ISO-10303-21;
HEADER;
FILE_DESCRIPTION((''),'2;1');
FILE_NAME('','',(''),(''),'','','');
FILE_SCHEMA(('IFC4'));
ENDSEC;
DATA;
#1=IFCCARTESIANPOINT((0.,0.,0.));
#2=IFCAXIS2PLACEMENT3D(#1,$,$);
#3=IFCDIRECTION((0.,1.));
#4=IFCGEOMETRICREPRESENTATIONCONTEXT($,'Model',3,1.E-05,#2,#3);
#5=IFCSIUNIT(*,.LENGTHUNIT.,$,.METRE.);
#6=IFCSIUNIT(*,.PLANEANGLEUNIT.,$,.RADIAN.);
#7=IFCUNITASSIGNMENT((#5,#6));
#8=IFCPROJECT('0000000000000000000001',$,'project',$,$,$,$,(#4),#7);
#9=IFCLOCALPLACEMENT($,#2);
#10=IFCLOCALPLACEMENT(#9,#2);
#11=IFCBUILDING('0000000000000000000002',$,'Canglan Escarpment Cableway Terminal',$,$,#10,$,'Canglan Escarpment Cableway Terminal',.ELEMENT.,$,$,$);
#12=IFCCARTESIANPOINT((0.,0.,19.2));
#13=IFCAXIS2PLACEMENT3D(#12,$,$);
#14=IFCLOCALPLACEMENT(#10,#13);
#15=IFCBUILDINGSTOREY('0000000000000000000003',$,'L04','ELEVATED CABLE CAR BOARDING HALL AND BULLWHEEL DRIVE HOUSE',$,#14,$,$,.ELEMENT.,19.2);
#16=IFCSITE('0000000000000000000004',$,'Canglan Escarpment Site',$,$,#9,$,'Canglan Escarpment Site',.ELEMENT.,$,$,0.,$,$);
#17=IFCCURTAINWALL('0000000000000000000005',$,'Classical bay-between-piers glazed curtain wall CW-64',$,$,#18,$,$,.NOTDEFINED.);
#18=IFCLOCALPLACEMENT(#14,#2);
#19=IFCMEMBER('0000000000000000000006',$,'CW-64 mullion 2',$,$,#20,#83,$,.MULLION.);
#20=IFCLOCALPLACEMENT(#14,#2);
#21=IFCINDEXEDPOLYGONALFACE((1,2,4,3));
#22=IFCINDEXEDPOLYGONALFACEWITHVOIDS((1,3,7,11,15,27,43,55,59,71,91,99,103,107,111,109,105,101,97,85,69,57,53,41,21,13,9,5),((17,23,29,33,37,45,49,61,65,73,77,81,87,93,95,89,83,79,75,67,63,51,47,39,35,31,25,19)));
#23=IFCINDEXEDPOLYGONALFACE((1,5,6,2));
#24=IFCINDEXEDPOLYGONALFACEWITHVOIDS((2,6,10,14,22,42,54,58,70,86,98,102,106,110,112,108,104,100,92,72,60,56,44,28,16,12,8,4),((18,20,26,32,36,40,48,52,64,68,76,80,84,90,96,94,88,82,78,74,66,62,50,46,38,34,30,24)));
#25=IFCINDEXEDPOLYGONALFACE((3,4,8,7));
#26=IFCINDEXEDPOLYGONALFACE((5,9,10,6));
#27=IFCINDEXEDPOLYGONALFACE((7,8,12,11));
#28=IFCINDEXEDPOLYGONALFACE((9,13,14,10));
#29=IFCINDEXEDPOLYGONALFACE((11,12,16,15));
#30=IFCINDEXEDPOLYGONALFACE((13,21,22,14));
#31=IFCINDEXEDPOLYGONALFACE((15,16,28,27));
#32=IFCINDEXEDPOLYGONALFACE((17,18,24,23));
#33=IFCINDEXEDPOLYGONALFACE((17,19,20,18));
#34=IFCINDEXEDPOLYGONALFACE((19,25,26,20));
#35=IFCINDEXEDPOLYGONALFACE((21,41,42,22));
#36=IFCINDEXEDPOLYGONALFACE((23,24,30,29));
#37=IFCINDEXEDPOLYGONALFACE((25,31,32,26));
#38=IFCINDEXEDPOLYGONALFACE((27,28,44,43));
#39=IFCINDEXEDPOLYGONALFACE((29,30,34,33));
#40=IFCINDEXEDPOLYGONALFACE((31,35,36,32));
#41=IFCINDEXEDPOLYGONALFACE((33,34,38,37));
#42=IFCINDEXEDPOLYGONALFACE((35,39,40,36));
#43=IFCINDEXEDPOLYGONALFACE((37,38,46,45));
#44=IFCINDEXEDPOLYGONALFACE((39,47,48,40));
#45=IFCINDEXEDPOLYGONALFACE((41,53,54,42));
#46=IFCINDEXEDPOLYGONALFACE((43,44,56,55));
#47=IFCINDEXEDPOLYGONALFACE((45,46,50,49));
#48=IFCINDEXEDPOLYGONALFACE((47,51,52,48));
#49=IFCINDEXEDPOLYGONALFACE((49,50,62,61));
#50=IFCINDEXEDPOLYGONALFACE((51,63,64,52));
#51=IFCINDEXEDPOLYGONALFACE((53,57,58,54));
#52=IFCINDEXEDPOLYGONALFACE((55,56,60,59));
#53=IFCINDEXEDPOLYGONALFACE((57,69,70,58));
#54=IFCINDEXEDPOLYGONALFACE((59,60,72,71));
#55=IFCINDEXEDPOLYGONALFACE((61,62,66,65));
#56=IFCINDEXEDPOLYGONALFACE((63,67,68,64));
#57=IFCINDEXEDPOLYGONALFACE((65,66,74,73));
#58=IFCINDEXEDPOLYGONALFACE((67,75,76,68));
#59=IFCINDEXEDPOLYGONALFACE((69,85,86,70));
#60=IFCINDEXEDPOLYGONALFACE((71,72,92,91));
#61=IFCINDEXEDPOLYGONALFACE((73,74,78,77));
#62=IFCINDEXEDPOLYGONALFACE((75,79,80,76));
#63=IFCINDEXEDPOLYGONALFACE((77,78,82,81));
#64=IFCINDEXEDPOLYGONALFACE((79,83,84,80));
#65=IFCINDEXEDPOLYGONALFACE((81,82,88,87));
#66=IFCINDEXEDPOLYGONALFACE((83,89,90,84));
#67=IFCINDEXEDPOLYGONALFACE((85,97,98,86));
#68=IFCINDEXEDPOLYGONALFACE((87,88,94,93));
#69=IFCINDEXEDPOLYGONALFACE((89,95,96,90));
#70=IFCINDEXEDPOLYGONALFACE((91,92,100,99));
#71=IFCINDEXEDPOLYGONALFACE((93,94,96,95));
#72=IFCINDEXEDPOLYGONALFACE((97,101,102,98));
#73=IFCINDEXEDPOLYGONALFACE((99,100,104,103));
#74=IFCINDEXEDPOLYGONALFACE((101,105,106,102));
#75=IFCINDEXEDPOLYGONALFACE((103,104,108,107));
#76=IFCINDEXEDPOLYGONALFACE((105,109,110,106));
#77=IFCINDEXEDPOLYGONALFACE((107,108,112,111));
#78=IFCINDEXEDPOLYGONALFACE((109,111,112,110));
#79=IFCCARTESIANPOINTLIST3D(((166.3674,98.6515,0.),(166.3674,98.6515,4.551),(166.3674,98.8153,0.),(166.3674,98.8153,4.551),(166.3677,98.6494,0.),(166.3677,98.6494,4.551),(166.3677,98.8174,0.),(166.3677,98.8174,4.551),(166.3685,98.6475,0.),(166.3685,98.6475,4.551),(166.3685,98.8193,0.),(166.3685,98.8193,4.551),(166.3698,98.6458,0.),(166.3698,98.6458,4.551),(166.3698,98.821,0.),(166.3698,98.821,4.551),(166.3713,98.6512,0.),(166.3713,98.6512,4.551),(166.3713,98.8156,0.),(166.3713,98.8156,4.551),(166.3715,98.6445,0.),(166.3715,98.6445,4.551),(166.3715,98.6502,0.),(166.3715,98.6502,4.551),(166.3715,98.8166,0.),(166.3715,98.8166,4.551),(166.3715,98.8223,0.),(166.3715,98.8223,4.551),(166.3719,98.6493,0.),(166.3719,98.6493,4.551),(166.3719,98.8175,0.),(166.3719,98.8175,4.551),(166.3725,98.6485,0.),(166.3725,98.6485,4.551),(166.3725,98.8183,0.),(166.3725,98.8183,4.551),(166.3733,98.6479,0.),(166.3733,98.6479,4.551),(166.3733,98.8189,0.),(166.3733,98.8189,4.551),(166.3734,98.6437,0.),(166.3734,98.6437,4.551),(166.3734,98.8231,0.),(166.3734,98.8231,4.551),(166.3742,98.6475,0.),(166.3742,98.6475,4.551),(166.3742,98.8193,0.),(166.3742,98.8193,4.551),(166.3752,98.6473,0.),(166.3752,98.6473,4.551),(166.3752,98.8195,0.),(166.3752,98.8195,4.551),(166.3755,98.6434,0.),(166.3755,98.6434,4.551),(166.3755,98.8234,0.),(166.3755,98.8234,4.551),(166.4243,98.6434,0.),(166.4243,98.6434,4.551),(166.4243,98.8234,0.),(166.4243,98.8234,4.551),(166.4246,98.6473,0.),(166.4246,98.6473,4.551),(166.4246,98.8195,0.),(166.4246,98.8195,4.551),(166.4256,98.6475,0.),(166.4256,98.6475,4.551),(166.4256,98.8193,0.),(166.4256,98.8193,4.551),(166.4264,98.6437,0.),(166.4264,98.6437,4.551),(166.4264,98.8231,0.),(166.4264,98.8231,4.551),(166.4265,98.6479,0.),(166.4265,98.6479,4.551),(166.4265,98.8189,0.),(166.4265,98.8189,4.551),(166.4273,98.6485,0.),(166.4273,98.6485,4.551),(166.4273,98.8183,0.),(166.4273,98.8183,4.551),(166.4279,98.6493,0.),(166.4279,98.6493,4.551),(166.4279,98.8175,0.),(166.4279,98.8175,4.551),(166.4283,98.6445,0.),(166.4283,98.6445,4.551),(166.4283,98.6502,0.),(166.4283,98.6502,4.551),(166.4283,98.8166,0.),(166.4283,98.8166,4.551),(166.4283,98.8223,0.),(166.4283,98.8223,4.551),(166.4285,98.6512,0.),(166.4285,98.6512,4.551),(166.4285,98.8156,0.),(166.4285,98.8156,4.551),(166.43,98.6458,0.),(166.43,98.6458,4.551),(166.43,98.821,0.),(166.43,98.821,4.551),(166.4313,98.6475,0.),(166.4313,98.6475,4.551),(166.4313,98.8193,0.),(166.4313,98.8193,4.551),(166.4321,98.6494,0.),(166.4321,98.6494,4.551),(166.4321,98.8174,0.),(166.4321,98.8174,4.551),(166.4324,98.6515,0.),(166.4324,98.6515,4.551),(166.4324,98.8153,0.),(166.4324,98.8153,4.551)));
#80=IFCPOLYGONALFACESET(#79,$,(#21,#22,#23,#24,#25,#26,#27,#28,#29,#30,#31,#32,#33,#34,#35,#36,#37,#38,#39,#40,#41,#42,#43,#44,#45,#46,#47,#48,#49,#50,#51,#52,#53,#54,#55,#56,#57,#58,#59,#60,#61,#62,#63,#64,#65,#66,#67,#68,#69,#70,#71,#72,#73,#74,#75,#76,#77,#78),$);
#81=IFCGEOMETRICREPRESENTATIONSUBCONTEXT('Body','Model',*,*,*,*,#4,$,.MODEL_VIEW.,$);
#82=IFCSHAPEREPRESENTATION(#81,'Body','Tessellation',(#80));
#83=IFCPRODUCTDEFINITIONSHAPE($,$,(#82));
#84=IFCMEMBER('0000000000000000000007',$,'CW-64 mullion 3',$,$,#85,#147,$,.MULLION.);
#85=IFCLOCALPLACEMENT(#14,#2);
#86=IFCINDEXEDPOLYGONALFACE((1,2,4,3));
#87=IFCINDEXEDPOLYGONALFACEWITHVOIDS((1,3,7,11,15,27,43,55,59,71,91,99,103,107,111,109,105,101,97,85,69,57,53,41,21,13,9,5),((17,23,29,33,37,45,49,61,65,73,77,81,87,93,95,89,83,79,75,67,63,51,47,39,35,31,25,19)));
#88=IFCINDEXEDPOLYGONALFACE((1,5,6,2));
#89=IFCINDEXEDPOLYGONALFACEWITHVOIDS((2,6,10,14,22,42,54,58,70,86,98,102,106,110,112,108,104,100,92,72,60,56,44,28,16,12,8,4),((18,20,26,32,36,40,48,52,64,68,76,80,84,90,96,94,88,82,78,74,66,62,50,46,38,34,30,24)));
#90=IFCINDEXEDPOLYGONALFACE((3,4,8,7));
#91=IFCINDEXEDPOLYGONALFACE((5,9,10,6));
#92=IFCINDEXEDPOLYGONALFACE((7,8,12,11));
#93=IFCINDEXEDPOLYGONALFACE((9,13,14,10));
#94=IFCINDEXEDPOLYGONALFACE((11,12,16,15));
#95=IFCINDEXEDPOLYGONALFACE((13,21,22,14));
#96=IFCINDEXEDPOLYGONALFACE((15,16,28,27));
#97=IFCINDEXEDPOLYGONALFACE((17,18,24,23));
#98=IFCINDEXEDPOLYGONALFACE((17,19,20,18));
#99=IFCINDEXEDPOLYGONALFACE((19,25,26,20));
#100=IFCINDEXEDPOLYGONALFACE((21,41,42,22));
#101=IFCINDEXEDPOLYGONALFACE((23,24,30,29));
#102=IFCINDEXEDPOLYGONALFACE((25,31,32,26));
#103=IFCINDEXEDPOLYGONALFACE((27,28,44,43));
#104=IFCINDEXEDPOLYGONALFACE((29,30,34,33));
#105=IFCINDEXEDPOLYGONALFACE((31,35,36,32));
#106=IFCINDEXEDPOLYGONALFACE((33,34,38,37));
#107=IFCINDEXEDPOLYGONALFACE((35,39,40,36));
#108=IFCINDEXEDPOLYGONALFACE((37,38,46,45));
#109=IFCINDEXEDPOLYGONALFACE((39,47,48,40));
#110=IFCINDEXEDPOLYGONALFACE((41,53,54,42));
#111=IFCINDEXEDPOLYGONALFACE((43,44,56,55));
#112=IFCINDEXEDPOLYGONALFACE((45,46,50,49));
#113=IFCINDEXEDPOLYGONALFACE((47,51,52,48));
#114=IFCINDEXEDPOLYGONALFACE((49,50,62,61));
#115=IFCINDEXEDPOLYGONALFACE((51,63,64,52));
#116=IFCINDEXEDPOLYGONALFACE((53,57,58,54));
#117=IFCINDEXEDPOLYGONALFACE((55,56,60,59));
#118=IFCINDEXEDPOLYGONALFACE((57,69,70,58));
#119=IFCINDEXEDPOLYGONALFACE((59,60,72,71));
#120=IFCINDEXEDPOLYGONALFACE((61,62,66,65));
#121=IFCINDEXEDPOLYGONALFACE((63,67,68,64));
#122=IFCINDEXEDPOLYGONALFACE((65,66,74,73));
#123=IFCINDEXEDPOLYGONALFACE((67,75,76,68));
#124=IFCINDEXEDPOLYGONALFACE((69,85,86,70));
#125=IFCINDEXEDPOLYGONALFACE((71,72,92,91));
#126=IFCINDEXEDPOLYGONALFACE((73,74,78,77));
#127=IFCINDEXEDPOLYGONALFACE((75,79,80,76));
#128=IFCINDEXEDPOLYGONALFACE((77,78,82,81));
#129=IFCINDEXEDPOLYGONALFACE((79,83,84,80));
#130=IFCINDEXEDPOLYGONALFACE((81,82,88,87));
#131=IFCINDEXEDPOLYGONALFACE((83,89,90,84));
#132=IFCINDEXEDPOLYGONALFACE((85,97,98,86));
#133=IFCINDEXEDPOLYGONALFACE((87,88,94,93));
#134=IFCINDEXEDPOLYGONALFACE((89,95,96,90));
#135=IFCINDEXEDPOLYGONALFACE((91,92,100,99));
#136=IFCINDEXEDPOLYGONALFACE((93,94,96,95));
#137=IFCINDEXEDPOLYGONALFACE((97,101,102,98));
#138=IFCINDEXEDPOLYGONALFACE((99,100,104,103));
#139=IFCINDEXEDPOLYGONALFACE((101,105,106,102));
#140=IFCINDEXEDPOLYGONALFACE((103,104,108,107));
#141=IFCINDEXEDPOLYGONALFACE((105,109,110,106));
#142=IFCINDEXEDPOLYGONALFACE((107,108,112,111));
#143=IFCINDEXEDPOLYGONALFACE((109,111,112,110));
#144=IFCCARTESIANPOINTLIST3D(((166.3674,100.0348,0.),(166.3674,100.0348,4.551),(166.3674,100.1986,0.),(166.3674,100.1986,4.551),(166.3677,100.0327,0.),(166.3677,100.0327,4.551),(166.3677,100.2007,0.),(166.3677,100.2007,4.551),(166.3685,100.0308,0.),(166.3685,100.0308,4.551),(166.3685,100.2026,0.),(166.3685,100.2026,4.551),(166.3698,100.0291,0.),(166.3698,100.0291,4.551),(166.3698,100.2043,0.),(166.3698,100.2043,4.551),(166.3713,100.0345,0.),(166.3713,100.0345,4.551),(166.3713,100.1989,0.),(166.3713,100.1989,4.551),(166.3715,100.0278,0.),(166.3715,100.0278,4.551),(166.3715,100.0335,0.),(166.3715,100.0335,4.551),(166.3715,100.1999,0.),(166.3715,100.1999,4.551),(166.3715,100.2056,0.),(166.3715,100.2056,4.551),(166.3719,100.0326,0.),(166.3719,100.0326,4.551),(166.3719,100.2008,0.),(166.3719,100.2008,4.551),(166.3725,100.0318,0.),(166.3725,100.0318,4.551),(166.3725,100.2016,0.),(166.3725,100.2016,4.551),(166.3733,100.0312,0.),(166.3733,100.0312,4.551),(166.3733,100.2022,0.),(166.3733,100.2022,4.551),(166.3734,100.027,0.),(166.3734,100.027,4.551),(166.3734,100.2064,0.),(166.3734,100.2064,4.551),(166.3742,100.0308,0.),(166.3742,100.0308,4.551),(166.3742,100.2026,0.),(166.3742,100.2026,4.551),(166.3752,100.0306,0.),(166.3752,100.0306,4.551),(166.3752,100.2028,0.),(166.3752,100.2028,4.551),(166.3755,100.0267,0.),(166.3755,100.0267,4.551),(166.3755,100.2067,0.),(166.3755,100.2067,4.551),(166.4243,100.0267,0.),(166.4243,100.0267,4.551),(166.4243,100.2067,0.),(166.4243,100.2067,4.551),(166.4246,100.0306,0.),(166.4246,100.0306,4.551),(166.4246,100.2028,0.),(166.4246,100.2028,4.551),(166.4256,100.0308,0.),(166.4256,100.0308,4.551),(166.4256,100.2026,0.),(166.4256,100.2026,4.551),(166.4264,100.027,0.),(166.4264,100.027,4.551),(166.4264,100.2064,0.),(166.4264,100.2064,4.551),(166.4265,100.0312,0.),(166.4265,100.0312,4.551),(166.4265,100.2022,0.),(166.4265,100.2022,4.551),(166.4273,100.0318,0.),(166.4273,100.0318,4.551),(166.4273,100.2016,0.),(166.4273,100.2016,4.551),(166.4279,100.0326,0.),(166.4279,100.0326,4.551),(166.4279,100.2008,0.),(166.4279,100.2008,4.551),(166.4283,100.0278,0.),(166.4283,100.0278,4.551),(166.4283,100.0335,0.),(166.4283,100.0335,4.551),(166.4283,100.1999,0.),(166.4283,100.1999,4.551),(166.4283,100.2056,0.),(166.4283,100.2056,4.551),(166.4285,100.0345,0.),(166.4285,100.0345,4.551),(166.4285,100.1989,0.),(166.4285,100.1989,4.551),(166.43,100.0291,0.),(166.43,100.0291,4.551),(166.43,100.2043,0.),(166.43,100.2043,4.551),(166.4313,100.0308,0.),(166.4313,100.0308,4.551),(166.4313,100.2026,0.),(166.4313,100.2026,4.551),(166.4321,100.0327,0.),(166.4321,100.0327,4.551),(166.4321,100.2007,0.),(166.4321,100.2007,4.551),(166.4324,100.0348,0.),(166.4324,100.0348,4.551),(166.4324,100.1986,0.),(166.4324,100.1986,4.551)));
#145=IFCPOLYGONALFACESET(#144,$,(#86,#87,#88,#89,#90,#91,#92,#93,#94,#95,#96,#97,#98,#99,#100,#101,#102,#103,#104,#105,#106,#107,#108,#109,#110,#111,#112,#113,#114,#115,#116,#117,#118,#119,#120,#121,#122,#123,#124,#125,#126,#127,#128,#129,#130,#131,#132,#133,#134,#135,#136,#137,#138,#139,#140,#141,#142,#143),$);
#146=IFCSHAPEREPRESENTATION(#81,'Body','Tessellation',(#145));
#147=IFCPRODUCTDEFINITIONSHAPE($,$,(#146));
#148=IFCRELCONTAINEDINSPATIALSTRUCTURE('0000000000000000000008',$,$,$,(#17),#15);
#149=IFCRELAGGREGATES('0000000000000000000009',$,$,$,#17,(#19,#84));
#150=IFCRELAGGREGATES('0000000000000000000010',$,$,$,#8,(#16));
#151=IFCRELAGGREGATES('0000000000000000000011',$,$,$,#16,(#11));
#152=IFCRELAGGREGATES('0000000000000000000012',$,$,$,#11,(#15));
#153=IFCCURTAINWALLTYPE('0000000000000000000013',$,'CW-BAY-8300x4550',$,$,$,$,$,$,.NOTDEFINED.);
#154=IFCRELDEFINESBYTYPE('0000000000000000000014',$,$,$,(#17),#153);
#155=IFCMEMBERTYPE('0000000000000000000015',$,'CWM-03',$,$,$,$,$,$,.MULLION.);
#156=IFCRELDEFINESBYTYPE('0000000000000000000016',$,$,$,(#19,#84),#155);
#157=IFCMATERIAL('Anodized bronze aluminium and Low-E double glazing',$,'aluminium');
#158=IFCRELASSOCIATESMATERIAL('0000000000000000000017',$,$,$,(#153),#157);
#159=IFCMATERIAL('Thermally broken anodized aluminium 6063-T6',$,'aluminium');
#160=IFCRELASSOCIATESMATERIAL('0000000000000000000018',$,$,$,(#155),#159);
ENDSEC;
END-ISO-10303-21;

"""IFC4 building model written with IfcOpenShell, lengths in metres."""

from ifc_helpers import new_model, si_unit, direction, frame, origin, origin_2d, place, context, subcontext, project, spatial, hollow_rectangle, extrude, material, material_profile, profile_set, type_object, element, aggregate, save


model = new_model("IFC4")

# Units and contexts
model_context = context("Model", 3, precision=1e-05, world=origin(), true_north=direction((0.0, 1.0)))
body_context = subcontext(model_context, "Body", "Model", "MODEL_VIEW")
ifc_project = project(units=[si_unit("LENGTHUNIT", "METRE"), si_unit("PLANEANGLEUNIT", "RADIAN")], contexts=[model_context])

# Site, building, storey
site_placement = place(None, origin())
site = spatial("IfcSite", under=ifc_project, at=site_placement, Name="Canglan Escarpment Site", LongName="Canglan Escarpment Site", CompositionType="ELEMENT", RefElevation=0.0)
building_placement = place(site_placement, origin())
building = spatial("IfcBuilding", under=site, at=building_placement, Name="Canglan Escarpment Cableway Terminal", LongName="Canglan Escarpment Cableway Terminal", CompositionType="ELEMENT")
storey_placement = place(building_placement, frame((0.0, 0.0, 19.2)))
storey = spatial("IfcBuildingStorey", under=building, at=storey_placement, Name="L04", Description="ELEVATED CABLE CAR BOARDING HALL AND BULLWHEEL DRIVE HOUSE", CompositionType="ELEMENT", Elevation=19.2)

# Curtain wall, members
ifc_material_1 = material(Name="Anodized bronze aluminium and Low-E double glazing", Category="aluminium")
curtain_wall_type = type_object("IfcCurtainWallType", Name="CW-BAY-8300x4550", PredefinedType="NOTDEFINED", material=ifc_material_1)
curtain_wall_placement = place(storey_placement, origin())
curtain_wall = element("IfcCurtainWall", 1, at=curtain_wall_placement, inside=storey, type_object=curtain_wall_type, Name="Classical bay-between-piers glazed curtain wall CW-64", PredefinedType="NOTDEFINED")
ifc_material_2 = material(Name="Thermally broken anodized aluminium 6063-T6", Category="aluminium")
ifc_material_profile_1 = material_profile(ifc_material_2, hollow_rectangle(XDim=0.0649, YDim=0.1799, WallThickness=0.0039, InnerFilletRadius=0.0039, OuterFilletRadius=0.0081, at=origin_2d()), Name="ALU-MULL 65x180x4")
ifc_profile_set_1 = profile_set([ifc_material_profile_1], Name="Thermally broken anodized aluminium 6063-T6")
member_type_1 = type_object("IfcMemberType", Name="CWM-03", PredefinedType="MULLION", material=ifc_profile_set_1)
member_1_placement = place(storey_placement, frame((166.3999, 98.7334, 0.0), z_axis=(0.0, 0.0, 1.0), x_axis=(-1.0, 0.0, 0.0)))
member_1 = element("IfcMember", 2, at=member_1_placement, type_object=member_type_1, Name="CW-64 mullion 2", PredefinedType="MULLION", context=body_context, shape_type="SweptSolid", body=[
    extrude(hollow_rectangle(XDim=0.0649, YDim=0.1799, WallThickness=0.0039, InnerFilletRadius=0.0039, OuterFilletRadius=0.0081, at=origin_2d()), origin(), (0.0, 0.0, 1.0), 4.551),
])
member_2_placement = place(storey_placement, frame((166.3999, 100.1167, 0.0), z_axis=(0.0, 0.0, 1.0), x_axis=(-1.0, 0.0, 0.0)))
member_2 = element("IfcMember", 3, at=member_2_placement, type_object=member_type_1, Name="CW-64 mullion 3", PredefinedType="MULLION", context=body_context, shape_type="SweptSolid", body=[
    extrude(hollow_rectangle(XDim=0.0649, YDim=0.1799, WallThickness=0.0039, InnerFilletRadius=0.0039, OuterFilletRadius=0.0081, at=origin_2d()), origin(), (0.0, 0.0, 1.0), 4.551),
])
aggregate(curtain_wall, [member_1, member_2])

save(model, "model.ifc")
